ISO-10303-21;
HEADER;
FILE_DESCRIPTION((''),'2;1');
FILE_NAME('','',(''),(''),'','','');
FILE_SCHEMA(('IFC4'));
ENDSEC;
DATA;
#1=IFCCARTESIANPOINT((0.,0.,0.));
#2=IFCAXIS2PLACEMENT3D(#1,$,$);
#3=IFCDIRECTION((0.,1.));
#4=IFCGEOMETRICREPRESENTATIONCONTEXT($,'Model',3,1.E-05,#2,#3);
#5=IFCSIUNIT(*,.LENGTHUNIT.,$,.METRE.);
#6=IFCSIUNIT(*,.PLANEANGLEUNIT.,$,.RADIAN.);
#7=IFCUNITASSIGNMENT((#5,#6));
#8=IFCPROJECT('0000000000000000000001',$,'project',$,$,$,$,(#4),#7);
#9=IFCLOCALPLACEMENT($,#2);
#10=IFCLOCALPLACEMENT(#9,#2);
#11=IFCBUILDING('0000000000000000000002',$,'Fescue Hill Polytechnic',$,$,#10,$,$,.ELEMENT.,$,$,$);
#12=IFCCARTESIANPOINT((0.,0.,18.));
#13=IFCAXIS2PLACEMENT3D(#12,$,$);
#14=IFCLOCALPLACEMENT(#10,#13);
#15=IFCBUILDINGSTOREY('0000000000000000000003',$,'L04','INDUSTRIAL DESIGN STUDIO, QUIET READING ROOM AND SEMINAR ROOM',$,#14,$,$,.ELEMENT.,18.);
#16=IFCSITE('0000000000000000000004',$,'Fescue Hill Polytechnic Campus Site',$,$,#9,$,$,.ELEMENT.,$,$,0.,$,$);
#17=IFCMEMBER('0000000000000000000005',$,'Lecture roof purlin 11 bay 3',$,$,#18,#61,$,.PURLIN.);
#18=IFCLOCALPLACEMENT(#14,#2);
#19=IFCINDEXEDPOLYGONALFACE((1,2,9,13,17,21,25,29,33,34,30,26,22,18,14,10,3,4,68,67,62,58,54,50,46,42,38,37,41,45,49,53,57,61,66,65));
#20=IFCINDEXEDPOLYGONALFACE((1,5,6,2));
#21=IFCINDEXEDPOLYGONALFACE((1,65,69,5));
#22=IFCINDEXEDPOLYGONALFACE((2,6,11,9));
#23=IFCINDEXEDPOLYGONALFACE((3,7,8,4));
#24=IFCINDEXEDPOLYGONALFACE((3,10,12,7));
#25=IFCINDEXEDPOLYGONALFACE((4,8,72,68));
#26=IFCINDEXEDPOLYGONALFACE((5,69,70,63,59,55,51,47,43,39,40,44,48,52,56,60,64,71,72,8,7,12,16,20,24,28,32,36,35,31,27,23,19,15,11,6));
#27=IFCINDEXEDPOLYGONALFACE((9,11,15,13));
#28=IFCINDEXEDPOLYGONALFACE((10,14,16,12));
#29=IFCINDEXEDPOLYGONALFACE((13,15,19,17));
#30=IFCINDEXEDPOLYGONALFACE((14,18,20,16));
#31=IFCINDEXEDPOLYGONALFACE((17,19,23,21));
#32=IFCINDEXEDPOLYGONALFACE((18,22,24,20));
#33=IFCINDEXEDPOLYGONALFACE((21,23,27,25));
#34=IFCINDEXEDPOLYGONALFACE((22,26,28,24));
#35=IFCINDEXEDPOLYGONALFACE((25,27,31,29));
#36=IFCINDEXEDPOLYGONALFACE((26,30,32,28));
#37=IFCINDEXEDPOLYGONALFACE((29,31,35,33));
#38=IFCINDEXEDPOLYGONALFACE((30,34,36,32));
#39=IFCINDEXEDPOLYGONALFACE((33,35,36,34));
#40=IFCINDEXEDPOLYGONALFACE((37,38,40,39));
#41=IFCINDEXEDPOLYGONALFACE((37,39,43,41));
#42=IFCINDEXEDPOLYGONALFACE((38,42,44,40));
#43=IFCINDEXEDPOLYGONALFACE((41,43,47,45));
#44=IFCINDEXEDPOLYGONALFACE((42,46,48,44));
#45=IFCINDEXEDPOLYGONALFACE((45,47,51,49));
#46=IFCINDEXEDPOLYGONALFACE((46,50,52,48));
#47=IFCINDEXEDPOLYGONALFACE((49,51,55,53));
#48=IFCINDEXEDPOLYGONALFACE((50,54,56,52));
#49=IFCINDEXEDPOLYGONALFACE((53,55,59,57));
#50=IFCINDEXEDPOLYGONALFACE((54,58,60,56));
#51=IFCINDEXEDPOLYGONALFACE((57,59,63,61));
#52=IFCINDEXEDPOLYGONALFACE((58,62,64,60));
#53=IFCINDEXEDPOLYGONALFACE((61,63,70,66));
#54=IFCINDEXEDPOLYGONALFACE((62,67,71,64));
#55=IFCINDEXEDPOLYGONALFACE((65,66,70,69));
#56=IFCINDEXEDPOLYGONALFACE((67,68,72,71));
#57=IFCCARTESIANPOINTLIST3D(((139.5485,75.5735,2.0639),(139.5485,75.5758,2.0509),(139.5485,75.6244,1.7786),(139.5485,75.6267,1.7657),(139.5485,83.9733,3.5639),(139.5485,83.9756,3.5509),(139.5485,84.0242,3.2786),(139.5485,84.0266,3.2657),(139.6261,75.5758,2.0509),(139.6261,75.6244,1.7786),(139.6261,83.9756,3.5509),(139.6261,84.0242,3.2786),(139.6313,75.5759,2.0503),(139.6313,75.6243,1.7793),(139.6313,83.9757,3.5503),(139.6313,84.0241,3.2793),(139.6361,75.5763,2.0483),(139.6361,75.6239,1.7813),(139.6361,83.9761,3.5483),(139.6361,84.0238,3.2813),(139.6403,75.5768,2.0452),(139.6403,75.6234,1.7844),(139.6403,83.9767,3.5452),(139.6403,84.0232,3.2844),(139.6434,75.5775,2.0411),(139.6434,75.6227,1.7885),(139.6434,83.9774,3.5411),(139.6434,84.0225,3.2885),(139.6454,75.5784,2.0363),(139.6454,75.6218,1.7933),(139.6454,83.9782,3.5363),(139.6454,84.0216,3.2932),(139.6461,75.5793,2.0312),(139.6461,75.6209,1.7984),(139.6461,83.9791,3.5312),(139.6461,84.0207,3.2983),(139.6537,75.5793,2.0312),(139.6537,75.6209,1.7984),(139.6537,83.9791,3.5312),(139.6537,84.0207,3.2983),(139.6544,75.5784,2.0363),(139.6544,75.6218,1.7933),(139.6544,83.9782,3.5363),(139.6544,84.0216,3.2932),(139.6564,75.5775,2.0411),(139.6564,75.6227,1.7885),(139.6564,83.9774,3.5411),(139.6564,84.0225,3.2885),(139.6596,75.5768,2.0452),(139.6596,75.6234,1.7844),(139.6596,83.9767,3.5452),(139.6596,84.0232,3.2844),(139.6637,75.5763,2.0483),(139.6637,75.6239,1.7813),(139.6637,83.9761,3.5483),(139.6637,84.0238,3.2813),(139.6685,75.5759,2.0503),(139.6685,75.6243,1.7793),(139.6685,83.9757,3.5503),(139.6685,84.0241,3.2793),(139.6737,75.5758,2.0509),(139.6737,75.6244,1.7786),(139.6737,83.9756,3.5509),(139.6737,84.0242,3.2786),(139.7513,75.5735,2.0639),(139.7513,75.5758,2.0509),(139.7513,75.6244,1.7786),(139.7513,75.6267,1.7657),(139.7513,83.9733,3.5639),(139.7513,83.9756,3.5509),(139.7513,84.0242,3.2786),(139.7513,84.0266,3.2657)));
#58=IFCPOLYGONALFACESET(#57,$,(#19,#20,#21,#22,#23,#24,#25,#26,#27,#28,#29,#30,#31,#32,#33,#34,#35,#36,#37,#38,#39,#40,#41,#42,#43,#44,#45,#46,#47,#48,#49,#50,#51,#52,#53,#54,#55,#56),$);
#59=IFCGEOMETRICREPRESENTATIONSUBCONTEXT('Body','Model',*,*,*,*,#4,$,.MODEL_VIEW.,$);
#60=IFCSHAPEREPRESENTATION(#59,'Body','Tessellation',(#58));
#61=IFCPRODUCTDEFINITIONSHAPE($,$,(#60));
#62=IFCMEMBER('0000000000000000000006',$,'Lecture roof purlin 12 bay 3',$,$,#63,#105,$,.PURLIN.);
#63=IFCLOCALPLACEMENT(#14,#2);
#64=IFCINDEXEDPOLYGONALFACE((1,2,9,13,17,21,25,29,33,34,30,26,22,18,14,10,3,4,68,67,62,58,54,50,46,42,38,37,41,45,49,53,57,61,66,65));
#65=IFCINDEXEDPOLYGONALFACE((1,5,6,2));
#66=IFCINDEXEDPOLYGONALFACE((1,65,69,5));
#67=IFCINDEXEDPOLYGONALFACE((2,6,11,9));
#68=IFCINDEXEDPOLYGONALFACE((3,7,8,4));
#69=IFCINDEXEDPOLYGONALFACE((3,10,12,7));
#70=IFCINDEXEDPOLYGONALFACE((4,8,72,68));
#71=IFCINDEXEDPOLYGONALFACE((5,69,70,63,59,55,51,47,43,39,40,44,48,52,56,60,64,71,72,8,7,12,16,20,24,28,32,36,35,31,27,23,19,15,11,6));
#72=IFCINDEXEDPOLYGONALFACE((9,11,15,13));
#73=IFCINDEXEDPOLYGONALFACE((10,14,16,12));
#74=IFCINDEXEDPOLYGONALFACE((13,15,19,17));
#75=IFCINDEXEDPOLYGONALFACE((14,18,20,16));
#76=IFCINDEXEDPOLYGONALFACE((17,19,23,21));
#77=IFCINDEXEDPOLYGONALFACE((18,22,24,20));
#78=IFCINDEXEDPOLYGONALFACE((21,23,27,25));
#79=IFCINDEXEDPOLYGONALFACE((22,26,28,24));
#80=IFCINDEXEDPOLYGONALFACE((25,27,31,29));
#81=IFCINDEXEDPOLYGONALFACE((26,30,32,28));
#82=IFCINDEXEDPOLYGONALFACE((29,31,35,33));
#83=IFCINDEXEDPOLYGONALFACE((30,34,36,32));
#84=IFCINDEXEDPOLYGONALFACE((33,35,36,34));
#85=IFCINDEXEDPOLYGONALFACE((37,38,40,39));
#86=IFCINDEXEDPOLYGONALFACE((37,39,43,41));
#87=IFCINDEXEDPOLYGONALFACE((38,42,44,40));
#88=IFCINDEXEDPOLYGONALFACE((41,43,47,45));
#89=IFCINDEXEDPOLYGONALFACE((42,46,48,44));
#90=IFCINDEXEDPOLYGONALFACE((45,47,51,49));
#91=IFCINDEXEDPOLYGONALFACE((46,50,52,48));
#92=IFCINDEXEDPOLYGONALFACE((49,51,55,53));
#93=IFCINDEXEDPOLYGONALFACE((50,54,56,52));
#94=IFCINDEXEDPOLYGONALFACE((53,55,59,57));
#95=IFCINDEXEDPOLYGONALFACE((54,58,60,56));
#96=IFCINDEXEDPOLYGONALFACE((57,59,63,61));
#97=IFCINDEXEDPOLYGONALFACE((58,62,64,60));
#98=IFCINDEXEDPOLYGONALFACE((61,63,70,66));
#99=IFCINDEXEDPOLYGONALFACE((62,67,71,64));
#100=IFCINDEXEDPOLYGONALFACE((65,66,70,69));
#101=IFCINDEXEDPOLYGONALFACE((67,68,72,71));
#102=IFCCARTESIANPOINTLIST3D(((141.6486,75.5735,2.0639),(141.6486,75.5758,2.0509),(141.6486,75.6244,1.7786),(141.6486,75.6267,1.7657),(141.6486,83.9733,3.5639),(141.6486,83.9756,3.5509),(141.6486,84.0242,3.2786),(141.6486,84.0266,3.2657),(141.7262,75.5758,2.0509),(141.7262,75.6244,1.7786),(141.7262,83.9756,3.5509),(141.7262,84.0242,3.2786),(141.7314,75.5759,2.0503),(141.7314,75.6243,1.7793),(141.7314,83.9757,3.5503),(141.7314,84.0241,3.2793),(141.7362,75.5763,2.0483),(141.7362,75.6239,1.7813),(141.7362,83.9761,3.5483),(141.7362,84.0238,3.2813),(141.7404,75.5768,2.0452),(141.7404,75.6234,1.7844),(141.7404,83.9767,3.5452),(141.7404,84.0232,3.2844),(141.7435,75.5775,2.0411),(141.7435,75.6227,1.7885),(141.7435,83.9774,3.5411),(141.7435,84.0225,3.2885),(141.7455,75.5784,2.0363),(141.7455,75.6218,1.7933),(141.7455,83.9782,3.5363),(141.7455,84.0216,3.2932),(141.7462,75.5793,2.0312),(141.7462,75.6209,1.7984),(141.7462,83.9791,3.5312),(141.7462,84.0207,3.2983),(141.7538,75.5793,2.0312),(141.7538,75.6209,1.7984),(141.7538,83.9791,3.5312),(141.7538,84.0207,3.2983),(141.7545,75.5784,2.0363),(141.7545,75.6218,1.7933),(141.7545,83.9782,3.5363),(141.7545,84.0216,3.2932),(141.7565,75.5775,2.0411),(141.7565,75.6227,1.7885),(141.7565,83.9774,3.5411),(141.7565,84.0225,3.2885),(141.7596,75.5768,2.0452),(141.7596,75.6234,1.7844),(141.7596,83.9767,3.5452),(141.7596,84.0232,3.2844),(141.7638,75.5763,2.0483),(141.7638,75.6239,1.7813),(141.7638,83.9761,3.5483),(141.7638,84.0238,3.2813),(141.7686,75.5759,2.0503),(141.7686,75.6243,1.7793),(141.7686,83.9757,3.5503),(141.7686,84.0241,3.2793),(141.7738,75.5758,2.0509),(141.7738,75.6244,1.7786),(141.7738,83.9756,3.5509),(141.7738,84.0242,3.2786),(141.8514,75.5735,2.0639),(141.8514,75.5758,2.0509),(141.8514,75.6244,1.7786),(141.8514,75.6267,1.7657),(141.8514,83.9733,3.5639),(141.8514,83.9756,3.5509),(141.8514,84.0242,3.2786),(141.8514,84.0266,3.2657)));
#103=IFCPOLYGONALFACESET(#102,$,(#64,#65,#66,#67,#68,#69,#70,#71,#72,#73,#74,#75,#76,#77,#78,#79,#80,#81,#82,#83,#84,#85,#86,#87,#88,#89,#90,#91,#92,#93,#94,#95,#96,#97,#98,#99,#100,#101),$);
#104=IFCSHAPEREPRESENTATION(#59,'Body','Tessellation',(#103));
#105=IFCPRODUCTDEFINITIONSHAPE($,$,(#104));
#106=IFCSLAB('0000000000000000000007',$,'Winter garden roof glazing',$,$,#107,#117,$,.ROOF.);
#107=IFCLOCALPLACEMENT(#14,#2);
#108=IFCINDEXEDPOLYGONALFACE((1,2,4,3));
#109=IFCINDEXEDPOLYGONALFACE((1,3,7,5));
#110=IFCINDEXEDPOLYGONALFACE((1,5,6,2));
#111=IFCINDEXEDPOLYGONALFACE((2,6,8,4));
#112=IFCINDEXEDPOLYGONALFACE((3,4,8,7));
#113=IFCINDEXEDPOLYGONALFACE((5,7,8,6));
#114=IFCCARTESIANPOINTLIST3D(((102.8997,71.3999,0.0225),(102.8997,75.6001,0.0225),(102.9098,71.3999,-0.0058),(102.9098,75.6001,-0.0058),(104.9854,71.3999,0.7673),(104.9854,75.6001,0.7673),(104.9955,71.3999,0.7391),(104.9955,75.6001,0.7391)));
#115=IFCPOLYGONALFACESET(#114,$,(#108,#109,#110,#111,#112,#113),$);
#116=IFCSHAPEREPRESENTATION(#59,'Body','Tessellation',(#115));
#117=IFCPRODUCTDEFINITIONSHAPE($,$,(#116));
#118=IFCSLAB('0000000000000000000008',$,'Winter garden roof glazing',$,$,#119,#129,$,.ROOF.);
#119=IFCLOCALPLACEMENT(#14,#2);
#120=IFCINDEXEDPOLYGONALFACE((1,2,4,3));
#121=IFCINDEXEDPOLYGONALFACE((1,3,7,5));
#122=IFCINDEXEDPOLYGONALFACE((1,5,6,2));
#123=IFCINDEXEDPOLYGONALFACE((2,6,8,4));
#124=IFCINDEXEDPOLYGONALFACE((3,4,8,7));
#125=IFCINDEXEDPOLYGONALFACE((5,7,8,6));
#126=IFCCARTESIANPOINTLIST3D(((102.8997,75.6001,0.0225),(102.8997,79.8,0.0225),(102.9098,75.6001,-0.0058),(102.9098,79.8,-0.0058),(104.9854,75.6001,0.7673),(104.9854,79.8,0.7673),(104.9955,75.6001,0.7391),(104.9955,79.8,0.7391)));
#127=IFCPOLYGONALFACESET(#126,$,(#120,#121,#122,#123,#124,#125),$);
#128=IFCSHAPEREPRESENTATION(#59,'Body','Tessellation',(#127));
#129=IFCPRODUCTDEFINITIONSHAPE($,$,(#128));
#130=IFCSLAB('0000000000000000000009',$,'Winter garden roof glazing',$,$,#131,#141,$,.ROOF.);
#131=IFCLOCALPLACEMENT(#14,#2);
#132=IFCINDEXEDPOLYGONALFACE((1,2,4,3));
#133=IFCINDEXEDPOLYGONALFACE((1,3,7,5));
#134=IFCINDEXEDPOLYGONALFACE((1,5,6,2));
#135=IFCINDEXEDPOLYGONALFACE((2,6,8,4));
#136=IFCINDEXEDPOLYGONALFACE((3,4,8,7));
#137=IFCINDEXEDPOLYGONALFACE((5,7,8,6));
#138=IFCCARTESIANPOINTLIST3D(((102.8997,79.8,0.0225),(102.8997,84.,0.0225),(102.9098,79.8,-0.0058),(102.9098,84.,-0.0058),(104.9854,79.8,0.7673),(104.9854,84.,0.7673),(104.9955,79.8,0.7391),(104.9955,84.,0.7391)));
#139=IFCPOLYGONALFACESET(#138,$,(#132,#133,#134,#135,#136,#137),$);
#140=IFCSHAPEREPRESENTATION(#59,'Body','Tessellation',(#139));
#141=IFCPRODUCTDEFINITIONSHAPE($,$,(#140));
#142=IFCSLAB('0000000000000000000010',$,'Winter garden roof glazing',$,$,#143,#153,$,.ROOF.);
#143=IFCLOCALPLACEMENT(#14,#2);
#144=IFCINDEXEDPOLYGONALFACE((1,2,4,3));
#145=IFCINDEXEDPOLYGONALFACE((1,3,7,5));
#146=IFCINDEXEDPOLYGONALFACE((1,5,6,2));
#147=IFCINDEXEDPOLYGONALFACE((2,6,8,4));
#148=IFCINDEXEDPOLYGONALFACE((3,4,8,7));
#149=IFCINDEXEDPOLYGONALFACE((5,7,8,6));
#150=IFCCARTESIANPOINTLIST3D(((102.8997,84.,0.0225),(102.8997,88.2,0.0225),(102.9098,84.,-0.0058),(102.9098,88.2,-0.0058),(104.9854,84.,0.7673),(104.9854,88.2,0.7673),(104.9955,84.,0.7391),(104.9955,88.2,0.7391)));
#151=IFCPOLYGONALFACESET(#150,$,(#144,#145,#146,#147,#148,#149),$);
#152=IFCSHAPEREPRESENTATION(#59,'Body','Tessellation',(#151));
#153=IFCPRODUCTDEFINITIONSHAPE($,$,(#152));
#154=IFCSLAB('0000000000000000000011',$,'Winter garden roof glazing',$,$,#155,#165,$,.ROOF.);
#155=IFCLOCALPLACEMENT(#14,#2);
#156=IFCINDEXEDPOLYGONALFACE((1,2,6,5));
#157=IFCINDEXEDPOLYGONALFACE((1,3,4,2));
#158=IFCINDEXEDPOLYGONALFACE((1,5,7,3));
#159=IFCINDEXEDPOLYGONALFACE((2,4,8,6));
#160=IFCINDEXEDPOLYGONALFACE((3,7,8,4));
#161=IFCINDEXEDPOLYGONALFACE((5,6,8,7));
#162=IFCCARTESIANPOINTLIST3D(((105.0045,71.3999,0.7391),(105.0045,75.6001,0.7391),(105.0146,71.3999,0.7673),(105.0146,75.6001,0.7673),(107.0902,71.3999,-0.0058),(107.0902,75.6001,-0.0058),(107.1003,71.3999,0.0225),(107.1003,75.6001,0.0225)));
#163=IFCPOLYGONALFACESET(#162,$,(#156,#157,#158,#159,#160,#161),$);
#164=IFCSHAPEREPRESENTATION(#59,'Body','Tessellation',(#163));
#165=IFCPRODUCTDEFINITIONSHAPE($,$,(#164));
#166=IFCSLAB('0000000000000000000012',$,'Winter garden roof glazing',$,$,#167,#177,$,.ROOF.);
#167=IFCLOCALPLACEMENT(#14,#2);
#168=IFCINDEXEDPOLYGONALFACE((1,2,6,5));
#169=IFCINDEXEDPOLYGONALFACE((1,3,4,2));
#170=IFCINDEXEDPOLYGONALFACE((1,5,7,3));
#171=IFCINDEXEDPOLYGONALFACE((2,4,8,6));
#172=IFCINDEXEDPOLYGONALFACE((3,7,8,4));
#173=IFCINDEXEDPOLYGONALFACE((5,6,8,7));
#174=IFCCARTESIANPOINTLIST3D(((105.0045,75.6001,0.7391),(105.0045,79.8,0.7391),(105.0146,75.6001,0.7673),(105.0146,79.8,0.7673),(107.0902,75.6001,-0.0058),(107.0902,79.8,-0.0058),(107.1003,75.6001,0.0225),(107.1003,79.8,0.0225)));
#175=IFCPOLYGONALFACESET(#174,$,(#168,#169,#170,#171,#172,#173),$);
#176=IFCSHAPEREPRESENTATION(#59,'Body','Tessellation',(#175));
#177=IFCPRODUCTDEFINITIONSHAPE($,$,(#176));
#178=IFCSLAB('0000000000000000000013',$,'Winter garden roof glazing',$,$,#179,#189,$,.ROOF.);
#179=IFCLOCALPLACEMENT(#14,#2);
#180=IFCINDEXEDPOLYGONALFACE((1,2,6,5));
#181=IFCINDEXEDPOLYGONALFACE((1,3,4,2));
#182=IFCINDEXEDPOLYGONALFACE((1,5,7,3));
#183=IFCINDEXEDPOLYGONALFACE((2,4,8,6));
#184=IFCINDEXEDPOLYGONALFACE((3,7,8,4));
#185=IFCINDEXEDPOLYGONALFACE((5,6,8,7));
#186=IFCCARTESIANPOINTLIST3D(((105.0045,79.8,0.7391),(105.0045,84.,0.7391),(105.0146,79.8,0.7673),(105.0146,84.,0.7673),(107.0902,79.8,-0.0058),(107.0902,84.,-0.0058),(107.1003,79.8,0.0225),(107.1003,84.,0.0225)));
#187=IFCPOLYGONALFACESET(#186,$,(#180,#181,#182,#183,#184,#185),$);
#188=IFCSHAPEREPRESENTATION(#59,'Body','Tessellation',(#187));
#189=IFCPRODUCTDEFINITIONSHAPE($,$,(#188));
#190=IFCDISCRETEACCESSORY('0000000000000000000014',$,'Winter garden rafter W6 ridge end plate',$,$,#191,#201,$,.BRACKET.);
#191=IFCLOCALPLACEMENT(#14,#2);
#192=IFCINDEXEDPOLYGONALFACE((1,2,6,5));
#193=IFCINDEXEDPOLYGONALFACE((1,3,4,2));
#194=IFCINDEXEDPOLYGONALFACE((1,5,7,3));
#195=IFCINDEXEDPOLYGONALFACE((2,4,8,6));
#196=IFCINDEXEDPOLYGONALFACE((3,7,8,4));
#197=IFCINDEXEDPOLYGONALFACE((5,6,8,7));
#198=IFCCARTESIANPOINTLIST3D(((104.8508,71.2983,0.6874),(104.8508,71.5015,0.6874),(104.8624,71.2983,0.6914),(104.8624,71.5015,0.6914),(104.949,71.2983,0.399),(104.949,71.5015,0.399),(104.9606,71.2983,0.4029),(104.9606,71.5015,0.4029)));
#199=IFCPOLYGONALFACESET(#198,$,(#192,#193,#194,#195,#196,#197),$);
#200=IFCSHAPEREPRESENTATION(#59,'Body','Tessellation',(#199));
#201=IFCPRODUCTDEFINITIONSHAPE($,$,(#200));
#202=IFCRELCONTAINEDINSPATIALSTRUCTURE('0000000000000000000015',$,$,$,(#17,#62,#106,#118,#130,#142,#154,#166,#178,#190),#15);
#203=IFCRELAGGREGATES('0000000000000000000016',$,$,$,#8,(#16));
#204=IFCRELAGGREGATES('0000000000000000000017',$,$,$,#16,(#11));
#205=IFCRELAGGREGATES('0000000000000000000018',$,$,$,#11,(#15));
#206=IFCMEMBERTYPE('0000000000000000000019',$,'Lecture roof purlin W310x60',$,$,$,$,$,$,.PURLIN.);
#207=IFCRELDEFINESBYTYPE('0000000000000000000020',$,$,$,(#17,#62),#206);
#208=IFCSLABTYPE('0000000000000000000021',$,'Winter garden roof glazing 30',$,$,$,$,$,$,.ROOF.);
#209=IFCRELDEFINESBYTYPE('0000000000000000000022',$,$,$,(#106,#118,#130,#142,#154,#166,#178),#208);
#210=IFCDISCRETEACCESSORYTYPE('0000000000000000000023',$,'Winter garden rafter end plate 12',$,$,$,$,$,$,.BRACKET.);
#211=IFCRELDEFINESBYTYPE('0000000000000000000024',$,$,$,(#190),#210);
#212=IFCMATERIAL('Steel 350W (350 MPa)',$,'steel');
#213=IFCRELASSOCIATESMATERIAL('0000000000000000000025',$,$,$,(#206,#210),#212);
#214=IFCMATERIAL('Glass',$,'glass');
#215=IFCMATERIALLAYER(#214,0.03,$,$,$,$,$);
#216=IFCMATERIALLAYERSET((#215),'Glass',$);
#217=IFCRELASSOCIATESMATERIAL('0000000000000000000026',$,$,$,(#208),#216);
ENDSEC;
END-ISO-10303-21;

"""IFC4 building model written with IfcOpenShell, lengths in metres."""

from ifc_helpers import new_model, si_unit, direction, frame, origin, origin_2d, place, context, subcontext, project, spatial, polyline, rectangle, i_section, outline, extrude, material, layer, layer_set, material_profile, profile_set, type_object, element, save


model = new_model("IFC4")

# Units and contexts
model_context = context("Model", 3, precision=1e-05, world=origin(), true_north=direction((0.0, 1.0)))
body_context = subcontext(model_context, "Body", "Model", "MODEL_VIEW")
ifc_project = project(units=[si_unit("LENGTHUNIT", "METRE"), si_unit("PLANEANGLEUNIT", "RADIAN")], contexts=[model_context])

# Site, building, storey
site_placement = place(None, origin())
site = spatial("IfcSite", under=ifc_project, at=site_placement, Name="Fescue Hill Polytechnic Campus Site", CompositionType="ELEMENT", RefElevation=0.0)
building_placement = place(site_placement, origin())
building = spatial("IfcBuilding", under=site, at=building_placement, Name="Fescue Hill Polytechnic", CompositionType="ELEMENT")
storey_placement = place(building_placement, frame((0.0, 0.0, 18.0)))
storey = spatial("IfcBuildingStorey", under=building, at=storey_placement, Name="L04", Description="INDUSTRIAL DESIGN STUDIO, QUIET READING ROOM AND SEMINAR ROOM", CompositionType="ELEMENT", Elevation=18.0)

# Shared definitions
ifc_material_1 = material(Name="Steel 350W (350 MPa)", Category="steel")

# Members
ifc_material_profile_1 = material_profile(ifc_material_1, i_section(OverallWidth=0.2029, OverallDepth=0.303, WebThickness=0.0076, FlangeThickness=0.0132, FilletRadius=0.02, at=origin_2d()), Name="W310x60")
ifc_profile_set_1 = profile_set([ifc_material_profile_1], Name="Steel 350W (350 MPa)")
member_type = type_object("IfcMemberType", Name="Lecture roof purlin W310x60", PredefinedType="PURLIN", material=ifc_profile_set_1)
for number, where, z_axis, x_axis, name in (
    (1, (139.6499, 75.6001, 1.9148), (0.0, 0.984427, 0.175793), (-1.0, 0.0, 0.0), "Lecture roof purlin 11 bay 3"),
    (2, (141.75, 75.6001, 1.9148), (0.0, 0.984427, 0.175793), (-1.0, 0.0, 0.0), "Lecture roof purlin 12 bay 3"),
):
    element("IfcMember", number, at=place(storey_placement, frame(where, z_axis=z_axis, x_axis=x_axis)), inside=storey, type_object=member_type, Name=name, PredefinedType="PURLIN", context=body_context, shape_type="SweptSolid", body=[
        extrude(i_section(OverallWidth=0.2029, OverallDepth=0.303, WebThickness=0.0076, FlangeThickness=0.0132, FilletRadius=0.02, at=origin_2d()), origin(), (0.0, 0.0, 1.0), 8.5327),
    ])

# Slabs
ifc_material_2 = material(Name="Glass", Category="glass")
ifc_layer = layer(ifc_material_2, 0.03)
ifc_layer_set = layer_set([ifc_layer], Name="Glass")
slab_type = type_object("IfcSlabType", Name="Winter garden roof glazing 30", PredefinedType="ROOF", material=ifc_layer_set)
slab_1_placement = place(storey_placement, frame((102.8997, 71.3999, 0.0225), z_axis=(-0.336329, 0.0, 0.941744), x_axis=(0.0, 1.0, 0.0)))
element("IfcSlab", 3, at=slab_1_placement, inside=storey, type_object=slab_type, Name="Winter garden roof glazing", PredefinedType="ROOF", context=body_context, shape_type="SweptSolid", body=[
    extrude(outline(polyline([(0.0, 0.0), (4.2002, 0.0), (4.2002, -2.2147), (0.0, -2.2147), (0.0, 0.0)])), origin(), (0.0, 0.0, -1.0), 0.03),
])
for number, where, z_axis, x_axis, name in (
    (4, (102.8997, 75.6001, 0.0225), (-0.336329, 0.0, 0.941744), (0.0, 1.0, 0.0), "Winter garden roof glazing"),
    (5, (102.8997, 79.8, 0.0225), (-0.336329, 0.0, 0.941744), (0.0, 1.0, 0.0), "Winter garden roof glazing"),
    (6, (102.8997, 84.0, 0.0225), (-0.336329, 0.0, 0.941744), (0.0, 1.0, 0.0), "Winter garden roof glazing"),
):
    element("IfcSlab", number, at=place(storey_placement, frame(where, z_axis=z_axis, x_axis=x_axis)), inside=storey, type_object=slab_type, Name=name, PredefinedType="ROOF", context=body_context, shape_type="SweptSolid", body=[
        extrude(outline(polyline([(0.0, 0.0), (4.2, 0.0), (4.2, -2.2147), (0.0, -2.2147), (0.0, 0.0)])), origin(), (0.0, 0.0, -1.0), 0.03),
    ])
slab_2_placement = place(storey_placement, frame((107.1003, 71.3999, 0.0225), z_axis=(0.336329, 0.0, 0.941744), x_axis=(0.0, 1.0, 0.0)))
element("IfcSlab", 7, at=slab_2_placement, inside=storey, type_object=slab_type, Name="Winter garden roof glazing", PredefinedType="ROOF", context=body_context, shape_type="SweptSolid", body=[
    extrude(outline(polyline([(0.0, 0.0), (4.2002, 0.0), (4.2002, 2.2147), (0.0, 2.2147), (0.0, 0.0)])), origin(), (0.0, 0.0, -1.0), 0.03),
])
for number, where, z_axis, x_axis, name in (
    (8, (107.1003, 75.6001, 0.0225), (0.336329, 0.0, 0.941744), (0.0, 1.0, 0.0), "Winter garden roof glazing"),
    (9, (107.1003, 79.8, 0.0225), (0.336329, 0.0, 0.941744), (0.0, 1.0, 0.0), "Winter garden roof glazing"),
):
    element("IfcSlab", number, at=place(storey_placement, frame(where, z_axis=z_axis, x_axis=x_axis)), inside=storey, type_object=slab_type, Name=name, PredefinedType="ROOF", context=body_context, shape_type="SweptSolid", body=[
        extrude(outline(polyline([(0.0, 0.0), (4.2, 0.0), (4.2, 2.2147), (0.0, 2.2147), (0.0, 0.0)])), origin(), (0.0, 0.0, -1.0), 0.03),
    ])

# Discrete accessory
ifc_material_profile_2 = material_profile(ifc_material_1, rectangle(XDim=0.2031, YDim=0.3047, at=origin_2d()), Name="Winter garden rafter end plate 12")
ifc_profile_set_2 = profile_set([ifc_material_profile_2], Name="Steel 350W (350 MPa)")
discrete_accessory_type = type_object("IfcDiscreteAccessoryType", Name="Winter garden rafter end plate 12", PredefinedType="BRACKET", material=ifc_profile_set_2)
for number, where, z_axis, x_axis, name in (
    (10, (104.8999, 71.3999, 0.5432), (0.94665, 0.0, 0.322264), (0.0, 1.0, 0.0), "Winter garden rafter W6 ridge end plate"),
):
    element("IfcDiscreteAccessory", number, at=place(storey_placement, frame(where, z_axis=z_axis, x_axis=x_axis)), inside=storey, type_object=discrete_accessory_type, Name=name, PredefinedType="BRACKET", context=body_context, shape_type="SweptSolid", body=[
        extrude(rectangle(XDim=0.2031, YDim=0.3047, at=origin_2d()), origin(), (0.0, 0.0, 1.0), 0.0122),
    ])

save(model, "model.ifc")
